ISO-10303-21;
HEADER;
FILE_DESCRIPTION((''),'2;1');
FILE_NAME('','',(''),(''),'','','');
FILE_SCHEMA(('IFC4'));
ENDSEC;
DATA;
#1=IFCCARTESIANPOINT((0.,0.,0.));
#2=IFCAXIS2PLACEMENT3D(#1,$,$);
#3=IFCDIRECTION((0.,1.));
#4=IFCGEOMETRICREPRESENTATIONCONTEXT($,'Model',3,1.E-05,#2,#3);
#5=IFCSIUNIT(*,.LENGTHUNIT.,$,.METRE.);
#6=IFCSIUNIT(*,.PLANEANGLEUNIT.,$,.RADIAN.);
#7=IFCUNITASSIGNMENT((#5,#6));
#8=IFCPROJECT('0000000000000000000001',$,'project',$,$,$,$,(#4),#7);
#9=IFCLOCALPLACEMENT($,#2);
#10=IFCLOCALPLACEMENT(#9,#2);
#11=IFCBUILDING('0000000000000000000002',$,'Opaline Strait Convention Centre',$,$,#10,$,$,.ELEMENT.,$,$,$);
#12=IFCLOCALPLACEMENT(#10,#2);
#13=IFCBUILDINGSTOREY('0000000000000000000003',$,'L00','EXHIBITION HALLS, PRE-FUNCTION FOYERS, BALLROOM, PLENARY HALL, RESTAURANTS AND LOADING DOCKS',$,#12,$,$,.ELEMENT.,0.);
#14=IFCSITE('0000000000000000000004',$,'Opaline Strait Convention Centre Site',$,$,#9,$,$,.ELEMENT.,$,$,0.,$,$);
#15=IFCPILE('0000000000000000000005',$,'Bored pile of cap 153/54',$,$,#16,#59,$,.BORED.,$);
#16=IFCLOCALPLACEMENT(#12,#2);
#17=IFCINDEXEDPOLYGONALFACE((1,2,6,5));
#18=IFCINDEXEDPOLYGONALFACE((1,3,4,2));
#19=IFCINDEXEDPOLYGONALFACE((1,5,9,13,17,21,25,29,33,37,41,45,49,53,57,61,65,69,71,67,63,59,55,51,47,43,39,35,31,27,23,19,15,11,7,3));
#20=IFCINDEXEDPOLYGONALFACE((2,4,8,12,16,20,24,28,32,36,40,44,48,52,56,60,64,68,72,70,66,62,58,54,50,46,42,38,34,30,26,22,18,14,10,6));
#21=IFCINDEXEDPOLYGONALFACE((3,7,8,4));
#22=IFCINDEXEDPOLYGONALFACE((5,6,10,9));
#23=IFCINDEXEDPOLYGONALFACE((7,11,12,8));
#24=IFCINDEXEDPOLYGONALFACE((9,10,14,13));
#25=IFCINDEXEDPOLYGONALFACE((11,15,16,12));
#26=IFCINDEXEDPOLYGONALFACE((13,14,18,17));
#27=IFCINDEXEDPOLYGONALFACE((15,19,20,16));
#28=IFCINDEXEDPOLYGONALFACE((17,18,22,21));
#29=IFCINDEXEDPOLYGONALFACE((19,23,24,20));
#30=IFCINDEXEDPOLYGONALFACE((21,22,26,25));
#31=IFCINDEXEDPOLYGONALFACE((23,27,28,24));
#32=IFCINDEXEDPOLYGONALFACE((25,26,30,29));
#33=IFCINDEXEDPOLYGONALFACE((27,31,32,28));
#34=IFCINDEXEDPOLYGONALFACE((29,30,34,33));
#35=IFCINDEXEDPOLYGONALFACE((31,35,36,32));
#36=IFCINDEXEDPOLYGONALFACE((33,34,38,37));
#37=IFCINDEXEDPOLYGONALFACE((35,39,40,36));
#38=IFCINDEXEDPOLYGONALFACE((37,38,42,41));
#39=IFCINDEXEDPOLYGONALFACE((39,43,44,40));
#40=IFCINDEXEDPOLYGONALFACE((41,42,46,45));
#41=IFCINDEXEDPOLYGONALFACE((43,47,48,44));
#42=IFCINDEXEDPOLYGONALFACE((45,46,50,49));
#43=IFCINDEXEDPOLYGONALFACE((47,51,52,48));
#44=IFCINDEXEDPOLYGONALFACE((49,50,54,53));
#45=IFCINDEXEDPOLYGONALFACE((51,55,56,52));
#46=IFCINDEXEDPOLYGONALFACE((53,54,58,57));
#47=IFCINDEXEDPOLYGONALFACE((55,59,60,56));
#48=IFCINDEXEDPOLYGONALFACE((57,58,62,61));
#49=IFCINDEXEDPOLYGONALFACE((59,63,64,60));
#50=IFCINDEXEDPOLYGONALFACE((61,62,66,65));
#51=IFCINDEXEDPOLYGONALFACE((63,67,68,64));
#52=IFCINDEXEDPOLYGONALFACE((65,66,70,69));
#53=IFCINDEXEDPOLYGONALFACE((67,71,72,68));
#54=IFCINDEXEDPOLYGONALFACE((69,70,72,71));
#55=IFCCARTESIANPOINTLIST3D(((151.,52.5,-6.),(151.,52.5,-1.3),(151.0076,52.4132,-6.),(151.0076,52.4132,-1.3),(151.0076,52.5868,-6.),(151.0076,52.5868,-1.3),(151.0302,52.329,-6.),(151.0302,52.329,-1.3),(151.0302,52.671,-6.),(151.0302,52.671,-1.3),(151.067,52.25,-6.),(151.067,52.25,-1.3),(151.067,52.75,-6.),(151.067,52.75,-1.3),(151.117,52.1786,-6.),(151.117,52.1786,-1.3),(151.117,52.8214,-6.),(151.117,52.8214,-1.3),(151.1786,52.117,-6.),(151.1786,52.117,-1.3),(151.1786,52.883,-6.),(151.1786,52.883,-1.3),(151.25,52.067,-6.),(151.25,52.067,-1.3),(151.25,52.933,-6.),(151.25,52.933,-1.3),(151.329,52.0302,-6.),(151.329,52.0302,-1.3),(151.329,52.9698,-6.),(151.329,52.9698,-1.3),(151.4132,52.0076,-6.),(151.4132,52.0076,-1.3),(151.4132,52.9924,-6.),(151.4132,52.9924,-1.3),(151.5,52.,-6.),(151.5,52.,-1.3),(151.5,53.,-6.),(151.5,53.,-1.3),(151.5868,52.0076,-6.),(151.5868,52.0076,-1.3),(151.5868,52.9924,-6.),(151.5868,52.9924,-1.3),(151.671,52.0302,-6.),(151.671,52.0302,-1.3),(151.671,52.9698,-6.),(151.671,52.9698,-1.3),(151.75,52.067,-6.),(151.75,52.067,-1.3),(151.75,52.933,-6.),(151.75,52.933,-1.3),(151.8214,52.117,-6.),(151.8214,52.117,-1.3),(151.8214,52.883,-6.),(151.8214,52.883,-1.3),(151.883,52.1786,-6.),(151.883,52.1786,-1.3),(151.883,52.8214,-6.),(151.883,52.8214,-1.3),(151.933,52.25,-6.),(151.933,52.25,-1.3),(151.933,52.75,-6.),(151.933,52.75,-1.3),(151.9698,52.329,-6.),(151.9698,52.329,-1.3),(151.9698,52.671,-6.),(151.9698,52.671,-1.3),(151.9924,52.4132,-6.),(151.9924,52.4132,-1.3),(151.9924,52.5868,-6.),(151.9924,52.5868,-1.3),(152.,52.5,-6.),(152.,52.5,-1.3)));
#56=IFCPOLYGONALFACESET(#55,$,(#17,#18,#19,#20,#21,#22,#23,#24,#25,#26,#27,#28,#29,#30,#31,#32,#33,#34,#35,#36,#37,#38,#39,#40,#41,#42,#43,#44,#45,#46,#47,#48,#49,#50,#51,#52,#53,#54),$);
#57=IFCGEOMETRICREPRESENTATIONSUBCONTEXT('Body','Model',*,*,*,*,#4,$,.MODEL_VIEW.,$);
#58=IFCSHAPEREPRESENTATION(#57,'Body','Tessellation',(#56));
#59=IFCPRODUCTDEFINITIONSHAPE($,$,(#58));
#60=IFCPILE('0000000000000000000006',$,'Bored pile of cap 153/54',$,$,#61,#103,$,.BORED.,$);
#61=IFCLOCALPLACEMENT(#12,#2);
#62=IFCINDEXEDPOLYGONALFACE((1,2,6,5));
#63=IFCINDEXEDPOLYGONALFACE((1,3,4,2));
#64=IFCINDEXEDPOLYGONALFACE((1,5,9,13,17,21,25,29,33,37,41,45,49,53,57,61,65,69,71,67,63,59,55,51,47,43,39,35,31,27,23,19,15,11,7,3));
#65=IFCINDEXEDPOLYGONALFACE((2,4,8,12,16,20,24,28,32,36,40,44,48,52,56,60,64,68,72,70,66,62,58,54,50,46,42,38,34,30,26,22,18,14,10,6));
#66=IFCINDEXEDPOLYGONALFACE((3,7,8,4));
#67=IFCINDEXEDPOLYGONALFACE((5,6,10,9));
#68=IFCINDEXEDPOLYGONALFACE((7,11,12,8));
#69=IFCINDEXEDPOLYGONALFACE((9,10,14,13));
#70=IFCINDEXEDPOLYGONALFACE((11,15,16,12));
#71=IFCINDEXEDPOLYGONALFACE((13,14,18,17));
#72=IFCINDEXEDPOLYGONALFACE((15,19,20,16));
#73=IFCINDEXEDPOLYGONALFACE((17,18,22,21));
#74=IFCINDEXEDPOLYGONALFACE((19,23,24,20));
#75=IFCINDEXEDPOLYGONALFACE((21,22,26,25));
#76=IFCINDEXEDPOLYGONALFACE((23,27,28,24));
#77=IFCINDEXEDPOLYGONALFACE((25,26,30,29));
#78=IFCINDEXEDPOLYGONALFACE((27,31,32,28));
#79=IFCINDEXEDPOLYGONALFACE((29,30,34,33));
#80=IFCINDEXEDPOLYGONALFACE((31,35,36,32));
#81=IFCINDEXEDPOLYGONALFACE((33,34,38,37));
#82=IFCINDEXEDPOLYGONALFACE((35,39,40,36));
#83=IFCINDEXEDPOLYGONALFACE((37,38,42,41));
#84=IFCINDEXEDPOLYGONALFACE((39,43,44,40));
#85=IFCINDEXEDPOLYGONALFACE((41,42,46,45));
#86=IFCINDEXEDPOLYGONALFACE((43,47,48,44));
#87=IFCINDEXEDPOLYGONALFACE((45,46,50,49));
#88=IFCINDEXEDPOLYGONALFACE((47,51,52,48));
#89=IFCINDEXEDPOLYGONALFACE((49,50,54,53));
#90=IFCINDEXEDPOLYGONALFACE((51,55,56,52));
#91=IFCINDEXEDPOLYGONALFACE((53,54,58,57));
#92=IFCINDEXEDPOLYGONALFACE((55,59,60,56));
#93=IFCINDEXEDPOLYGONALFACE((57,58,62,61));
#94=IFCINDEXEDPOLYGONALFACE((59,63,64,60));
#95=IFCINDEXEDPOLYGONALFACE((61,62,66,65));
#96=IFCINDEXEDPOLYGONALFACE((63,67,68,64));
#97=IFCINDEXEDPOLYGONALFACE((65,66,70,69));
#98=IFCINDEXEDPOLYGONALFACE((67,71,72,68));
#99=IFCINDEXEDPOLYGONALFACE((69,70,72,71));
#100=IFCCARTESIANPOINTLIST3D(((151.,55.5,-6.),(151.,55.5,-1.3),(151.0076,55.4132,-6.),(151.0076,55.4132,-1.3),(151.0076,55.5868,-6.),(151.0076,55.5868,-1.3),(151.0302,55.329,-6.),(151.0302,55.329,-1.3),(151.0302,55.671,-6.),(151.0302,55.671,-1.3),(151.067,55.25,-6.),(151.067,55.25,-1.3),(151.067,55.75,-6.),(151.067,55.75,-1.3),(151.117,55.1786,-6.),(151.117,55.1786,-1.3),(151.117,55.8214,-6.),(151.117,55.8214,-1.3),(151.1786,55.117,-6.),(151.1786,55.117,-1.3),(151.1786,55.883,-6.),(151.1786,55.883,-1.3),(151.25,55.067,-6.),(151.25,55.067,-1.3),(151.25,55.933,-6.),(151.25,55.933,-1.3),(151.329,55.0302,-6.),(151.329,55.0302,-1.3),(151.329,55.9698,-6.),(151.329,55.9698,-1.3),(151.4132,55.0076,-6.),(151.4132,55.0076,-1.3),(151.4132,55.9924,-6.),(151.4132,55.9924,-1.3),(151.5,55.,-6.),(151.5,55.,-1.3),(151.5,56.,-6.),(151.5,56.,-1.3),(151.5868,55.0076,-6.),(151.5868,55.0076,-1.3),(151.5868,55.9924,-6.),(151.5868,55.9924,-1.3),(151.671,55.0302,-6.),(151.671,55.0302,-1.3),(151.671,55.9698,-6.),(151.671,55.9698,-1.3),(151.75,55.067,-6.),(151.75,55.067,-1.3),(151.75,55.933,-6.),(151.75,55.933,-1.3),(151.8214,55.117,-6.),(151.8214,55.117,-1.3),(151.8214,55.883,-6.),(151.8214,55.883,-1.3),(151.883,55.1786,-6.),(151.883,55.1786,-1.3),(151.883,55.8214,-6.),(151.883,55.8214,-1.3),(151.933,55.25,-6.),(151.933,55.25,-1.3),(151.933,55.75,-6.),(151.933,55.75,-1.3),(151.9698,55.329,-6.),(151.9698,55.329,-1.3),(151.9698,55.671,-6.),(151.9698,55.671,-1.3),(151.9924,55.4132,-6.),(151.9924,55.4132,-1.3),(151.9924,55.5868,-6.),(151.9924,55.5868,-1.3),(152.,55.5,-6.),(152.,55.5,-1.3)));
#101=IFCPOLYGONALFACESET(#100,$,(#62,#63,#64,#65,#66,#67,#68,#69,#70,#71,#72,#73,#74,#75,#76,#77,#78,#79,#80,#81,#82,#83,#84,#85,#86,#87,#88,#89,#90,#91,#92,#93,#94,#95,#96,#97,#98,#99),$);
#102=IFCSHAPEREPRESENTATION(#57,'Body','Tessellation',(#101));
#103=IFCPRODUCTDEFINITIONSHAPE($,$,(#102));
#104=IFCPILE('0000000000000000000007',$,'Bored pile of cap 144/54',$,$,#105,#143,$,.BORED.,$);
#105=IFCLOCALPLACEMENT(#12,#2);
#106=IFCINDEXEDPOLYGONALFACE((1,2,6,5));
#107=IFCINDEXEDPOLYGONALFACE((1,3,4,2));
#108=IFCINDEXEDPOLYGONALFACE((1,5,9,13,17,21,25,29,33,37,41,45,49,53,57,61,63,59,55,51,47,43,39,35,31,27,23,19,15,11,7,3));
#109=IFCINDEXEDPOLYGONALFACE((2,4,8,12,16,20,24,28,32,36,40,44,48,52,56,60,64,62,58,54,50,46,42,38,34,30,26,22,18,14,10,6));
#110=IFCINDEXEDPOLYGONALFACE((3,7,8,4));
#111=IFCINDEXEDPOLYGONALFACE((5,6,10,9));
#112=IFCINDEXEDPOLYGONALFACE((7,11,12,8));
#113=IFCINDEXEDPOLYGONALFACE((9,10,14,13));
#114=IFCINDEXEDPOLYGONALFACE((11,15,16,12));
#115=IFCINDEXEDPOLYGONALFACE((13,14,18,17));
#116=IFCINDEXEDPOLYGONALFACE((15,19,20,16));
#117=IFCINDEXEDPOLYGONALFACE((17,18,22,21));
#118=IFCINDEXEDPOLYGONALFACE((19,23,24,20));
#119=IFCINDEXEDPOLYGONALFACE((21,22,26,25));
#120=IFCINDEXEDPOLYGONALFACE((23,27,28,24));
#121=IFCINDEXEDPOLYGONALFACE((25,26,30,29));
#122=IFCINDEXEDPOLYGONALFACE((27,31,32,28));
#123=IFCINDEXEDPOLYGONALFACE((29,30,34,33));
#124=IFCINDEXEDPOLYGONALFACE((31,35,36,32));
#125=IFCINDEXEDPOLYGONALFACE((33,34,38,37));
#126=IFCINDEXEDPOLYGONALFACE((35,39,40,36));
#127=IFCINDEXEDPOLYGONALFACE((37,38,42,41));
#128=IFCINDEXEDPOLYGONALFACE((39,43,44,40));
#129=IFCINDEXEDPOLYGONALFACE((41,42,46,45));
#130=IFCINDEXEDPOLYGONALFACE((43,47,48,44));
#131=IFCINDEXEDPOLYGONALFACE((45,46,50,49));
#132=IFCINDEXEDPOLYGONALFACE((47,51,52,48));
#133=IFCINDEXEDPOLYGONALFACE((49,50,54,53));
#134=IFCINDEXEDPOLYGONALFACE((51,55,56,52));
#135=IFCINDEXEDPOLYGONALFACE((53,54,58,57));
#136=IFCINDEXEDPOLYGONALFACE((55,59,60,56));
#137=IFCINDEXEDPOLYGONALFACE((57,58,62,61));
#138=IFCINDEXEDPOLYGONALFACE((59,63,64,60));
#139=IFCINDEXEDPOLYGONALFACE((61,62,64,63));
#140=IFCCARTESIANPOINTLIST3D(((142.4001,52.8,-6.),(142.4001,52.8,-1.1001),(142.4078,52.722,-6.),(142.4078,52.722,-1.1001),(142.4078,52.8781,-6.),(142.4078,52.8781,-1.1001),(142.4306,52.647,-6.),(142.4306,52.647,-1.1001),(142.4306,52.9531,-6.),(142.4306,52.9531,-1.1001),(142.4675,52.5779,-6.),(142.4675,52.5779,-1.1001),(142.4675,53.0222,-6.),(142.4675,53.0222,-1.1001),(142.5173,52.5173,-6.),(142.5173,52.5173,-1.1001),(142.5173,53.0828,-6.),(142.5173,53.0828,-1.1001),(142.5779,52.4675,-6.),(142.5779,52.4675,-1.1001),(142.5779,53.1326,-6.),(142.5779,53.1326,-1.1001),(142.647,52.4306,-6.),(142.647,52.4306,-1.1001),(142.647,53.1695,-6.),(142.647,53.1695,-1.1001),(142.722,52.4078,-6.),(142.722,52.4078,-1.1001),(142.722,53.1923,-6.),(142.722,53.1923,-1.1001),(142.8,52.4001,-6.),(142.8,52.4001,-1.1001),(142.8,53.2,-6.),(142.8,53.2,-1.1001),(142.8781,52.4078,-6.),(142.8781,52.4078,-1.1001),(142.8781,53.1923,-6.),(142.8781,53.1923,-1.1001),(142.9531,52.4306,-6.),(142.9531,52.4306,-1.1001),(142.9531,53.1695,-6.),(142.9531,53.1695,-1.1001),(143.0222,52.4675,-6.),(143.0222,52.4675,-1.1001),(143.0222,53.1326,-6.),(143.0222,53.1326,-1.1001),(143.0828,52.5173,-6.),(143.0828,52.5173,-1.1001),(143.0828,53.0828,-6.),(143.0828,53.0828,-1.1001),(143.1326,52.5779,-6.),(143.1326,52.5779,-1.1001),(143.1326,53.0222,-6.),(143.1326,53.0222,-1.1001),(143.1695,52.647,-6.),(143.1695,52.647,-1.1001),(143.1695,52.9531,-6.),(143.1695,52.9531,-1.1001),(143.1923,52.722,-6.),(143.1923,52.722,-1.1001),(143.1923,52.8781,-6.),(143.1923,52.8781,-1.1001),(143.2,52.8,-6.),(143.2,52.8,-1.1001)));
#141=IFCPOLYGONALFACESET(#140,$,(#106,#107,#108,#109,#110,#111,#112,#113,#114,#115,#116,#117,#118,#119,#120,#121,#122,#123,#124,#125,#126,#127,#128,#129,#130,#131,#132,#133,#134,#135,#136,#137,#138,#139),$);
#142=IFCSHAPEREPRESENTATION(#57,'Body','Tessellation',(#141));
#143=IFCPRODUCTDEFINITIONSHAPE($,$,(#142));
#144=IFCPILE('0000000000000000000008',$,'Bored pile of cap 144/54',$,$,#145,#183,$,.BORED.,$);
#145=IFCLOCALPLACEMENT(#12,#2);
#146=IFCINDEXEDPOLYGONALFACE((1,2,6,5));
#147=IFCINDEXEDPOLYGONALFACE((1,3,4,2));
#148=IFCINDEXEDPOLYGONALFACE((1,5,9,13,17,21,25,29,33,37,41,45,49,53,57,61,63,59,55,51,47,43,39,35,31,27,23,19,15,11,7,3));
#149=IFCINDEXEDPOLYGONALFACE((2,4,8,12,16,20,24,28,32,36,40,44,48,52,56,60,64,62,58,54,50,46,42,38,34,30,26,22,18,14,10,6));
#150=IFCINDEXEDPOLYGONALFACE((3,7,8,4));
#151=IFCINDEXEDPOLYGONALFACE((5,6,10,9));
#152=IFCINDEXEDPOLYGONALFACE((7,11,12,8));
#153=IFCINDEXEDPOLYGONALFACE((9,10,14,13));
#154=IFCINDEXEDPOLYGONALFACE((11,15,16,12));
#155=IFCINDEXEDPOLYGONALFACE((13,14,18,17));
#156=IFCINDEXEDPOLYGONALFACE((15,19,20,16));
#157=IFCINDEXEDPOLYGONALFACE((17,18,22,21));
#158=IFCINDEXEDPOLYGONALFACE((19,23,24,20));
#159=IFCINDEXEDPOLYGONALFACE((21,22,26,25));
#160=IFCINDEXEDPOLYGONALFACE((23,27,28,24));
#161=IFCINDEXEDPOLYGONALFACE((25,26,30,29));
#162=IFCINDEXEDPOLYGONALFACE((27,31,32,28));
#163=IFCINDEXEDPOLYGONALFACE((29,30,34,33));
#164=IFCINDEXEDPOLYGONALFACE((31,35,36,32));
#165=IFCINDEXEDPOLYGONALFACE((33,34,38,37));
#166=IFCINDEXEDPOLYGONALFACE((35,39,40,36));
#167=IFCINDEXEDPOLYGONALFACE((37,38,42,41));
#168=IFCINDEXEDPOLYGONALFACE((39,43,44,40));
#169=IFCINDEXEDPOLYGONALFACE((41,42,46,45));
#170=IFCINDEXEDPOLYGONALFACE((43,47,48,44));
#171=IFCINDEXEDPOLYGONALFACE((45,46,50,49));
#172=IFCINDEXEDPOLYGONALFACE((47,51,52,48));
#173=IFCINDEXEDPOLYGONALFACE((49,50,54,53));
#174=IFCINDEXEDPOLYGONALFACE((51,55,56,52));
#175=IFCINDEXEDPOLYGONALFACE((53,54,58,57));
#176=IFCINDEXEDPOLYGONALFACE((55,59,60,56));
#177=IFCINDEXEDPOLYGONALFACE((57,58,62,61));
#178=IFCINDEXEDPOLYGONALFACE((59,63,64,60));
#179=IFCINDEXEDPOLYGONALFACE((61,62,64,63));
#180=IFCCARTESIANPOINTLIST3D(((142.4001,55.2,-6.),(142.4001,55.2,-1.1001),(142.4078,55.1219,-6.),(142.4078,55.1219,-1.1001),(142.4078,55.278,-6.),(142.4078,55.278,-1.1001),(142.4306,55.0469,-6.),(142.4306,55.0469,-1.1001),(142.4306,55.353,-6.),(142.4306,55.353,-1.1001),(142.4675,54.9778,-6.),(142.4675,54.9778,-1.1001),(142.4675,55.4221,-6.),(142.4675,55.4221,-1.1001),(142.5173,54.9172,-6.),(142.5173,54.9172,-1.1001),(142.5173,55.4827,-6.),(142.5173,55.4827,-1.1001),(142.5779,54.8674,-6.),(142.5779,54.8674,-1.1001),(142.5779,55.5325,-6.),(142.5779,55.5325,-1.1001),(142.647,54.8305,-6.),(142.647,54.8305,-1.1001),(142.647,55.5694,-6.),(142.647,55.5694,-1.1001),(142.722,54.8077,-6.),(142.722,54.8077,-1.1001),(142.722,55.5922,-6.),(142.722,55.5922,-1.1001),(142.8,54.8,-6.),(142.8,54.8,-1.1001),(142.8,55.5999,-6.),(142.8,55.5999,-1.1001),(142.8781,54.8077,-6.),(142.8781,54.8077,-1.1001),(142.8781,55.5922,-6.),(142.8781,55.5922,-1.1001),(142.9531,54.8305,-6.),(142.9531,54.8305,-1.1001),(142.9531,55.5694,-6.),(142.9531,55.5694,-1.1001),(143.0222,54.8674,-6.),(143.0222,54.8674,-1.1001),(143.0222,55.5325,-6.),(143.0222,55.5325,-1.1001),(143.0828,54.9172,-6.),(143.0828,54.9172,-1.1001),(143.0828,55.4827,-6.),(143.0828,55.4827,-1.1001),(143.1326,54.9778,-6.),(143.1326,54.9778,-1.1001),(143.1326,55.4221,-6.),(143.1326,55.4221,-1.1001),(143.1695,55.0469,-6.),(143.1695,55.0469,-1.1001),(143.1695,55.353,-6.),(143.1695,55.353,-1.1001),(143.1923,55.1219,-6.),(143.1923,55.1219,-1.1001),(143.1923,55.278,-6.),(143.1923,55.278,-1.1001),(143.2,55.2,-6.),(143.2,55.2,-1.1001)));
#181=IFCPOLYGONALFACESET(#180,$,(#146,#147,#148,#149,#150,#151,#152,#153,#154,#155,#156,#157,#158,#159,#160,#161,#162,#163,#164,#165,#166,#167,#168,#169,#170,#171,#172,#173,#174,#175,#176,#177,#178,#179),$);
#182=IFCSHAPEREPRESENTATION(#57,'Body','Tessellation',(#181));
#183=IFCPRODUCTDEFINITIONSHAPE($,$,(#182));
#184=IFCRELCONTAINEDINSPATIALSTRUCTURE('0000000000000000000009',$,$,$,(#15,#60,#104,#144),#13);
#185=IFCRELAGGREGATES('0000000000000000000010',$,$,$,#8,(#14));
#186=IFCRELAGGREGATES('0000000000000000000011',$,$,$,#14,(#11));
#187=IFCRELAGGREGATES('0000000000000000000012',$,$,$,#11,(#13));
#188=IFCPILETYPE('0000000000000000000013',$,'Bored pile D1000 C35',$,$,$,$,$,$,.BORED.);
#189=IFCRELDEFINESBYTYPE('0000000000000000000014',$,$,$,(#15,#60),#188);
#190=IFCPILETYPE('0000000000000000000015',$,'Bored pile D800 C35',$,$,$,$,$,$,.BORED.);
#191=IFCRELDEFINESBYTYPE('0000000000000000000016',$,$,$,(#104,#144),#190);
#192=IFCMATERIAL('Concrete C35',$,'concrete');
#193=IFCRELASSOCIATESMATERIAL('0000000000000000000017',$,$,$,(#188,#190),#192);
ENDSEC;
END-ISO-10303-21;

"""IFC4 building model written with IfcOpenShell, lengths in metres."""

from ifc_helpers import new_model, si_unit, direction, frame, origin, origin_2d, place, context, subcontext, project, spatial, circle, extrude, material, material_profile, profile_set, type_object, element, save


model = new_model("IFC4")

# Units and contexts
model_context = context("Model", 3, precision=1e-05, world=origin(), true_north=direction((0.0, 1.0)))
body_context = subcontext(model_context, "Body", "Model", "MODEL_VIEW")
ifc_project = project(units=[si_unit("LENGTHUNIT", "METRE"), si_unit("PLANEANGLEUNIT", "RADIAN")], contexts=[model_context])

# Site, building, storey
site_placement = place(None, origin())
site = spatial("IfcSite", under=ifc_project, at=site_placement, Name="Opaline Strait Convention Centre Site", CompositionType="ELEMENT", RefElevation=0.0)
building_placement = place(site_placement, origin())
building = spatial("IfcBuilding", under=site, at=building_placement, Name="Opaline Strait Convention Centre", CompositionType="ELEMENT")
storey_placement = place(building_placement, origin())
storey = spatial("IfcBuildingStorey", under=building, at=storey_placement, Name="L00", Description="EXHIBITION HALLS, PRE-FUNCTION FOYERS, BALLROOM, PLENARY HALL, RESTAURANTS AND LOADING DOCKS", CompositionType="ELEMENT", Elevation=0.0)

# Piles
ifc_material_1 = material(Name="Concrete C35", Category="concrete")
ifc_material_profile_1 = material_profile(ifc_material_1, circle(Radius=0.5, at=origin_2d()), Name="D1000")
ifc_profile_set_1 = profile_set([ifc_material_profile_1], Name="Concrete C35")
pile_type_1 = type_object("IfcPileType", Name="Bored pile D1000 C35", PredefinedType="BORED", material=ifc_profile_set_1)
for number, where, z_axis, x_axis, name in (
    (1, (151.5, 52.5, -1.3), (0.0, 0.0, -1.0), (1.0, 0.0, 0.0), "Bored pile of cap 153/54"),
    (2, (151.5, 55.5, -1.3), (0.0, 0.0, -1.0), (1.0, 0.0, 0.0), "Bored pile of cap 153/54"),
):
    element("IfcPile", number, at=place(storey_placement, frame(where, z_axis=z_axis, x_axis=x_axis)), inside=storey, type_object=pile_type_1, Name=name, PredefinedType="BORED", context=body_context, shape_type="SweptSolid", body=[
        extrude(circle(Radius=0.5, at=origin_2d()), origin(), (0.0, 0.0, 1.0), 4.7),
    ])
ifc_material_profile_2 = material_profile(ifc_material_1, circle(Radius=0.3999, at=origin_2d()), Name="D800")
ifc_profile_set_2 = profile_set([ifc_material_profile_2], Name="Concrete C35")
pile_type_2 = type_object("IfcPileType", Name="Bored pile D800 C35", PredefinedType="BORED", material=ifc_profile_set_2)
for number, where, z_axis, x_axis, name in (
    (3, (142.8, 52.8, -1.1001), (0.0, 0.0, -1.0), (1.0, 0.0, 0.0), "Bored pile of cap 144/54"),
    (4, (142.8, 55.2, -1.1001), (0.0, 0.0, -1.0), (1.0, 0.0, 0.0), "Bored pile of cap 144/54"),
):
    element("IfcPile", number, at=place(storey_placement, frame(where, z_axis=z_axis, x_axis=x_axis)), inside=storey, type_object=pile_type_2, Name=name, PredefinedType="BORED", context=body_context, shape_type="SweptSolid", body=[
        extrude(circle(Radius=0.3999, at=origin_2d()), origin(), (0.0, 0.0, 1.0), 4.8999),
    ])

save(model, "model.ifc")
